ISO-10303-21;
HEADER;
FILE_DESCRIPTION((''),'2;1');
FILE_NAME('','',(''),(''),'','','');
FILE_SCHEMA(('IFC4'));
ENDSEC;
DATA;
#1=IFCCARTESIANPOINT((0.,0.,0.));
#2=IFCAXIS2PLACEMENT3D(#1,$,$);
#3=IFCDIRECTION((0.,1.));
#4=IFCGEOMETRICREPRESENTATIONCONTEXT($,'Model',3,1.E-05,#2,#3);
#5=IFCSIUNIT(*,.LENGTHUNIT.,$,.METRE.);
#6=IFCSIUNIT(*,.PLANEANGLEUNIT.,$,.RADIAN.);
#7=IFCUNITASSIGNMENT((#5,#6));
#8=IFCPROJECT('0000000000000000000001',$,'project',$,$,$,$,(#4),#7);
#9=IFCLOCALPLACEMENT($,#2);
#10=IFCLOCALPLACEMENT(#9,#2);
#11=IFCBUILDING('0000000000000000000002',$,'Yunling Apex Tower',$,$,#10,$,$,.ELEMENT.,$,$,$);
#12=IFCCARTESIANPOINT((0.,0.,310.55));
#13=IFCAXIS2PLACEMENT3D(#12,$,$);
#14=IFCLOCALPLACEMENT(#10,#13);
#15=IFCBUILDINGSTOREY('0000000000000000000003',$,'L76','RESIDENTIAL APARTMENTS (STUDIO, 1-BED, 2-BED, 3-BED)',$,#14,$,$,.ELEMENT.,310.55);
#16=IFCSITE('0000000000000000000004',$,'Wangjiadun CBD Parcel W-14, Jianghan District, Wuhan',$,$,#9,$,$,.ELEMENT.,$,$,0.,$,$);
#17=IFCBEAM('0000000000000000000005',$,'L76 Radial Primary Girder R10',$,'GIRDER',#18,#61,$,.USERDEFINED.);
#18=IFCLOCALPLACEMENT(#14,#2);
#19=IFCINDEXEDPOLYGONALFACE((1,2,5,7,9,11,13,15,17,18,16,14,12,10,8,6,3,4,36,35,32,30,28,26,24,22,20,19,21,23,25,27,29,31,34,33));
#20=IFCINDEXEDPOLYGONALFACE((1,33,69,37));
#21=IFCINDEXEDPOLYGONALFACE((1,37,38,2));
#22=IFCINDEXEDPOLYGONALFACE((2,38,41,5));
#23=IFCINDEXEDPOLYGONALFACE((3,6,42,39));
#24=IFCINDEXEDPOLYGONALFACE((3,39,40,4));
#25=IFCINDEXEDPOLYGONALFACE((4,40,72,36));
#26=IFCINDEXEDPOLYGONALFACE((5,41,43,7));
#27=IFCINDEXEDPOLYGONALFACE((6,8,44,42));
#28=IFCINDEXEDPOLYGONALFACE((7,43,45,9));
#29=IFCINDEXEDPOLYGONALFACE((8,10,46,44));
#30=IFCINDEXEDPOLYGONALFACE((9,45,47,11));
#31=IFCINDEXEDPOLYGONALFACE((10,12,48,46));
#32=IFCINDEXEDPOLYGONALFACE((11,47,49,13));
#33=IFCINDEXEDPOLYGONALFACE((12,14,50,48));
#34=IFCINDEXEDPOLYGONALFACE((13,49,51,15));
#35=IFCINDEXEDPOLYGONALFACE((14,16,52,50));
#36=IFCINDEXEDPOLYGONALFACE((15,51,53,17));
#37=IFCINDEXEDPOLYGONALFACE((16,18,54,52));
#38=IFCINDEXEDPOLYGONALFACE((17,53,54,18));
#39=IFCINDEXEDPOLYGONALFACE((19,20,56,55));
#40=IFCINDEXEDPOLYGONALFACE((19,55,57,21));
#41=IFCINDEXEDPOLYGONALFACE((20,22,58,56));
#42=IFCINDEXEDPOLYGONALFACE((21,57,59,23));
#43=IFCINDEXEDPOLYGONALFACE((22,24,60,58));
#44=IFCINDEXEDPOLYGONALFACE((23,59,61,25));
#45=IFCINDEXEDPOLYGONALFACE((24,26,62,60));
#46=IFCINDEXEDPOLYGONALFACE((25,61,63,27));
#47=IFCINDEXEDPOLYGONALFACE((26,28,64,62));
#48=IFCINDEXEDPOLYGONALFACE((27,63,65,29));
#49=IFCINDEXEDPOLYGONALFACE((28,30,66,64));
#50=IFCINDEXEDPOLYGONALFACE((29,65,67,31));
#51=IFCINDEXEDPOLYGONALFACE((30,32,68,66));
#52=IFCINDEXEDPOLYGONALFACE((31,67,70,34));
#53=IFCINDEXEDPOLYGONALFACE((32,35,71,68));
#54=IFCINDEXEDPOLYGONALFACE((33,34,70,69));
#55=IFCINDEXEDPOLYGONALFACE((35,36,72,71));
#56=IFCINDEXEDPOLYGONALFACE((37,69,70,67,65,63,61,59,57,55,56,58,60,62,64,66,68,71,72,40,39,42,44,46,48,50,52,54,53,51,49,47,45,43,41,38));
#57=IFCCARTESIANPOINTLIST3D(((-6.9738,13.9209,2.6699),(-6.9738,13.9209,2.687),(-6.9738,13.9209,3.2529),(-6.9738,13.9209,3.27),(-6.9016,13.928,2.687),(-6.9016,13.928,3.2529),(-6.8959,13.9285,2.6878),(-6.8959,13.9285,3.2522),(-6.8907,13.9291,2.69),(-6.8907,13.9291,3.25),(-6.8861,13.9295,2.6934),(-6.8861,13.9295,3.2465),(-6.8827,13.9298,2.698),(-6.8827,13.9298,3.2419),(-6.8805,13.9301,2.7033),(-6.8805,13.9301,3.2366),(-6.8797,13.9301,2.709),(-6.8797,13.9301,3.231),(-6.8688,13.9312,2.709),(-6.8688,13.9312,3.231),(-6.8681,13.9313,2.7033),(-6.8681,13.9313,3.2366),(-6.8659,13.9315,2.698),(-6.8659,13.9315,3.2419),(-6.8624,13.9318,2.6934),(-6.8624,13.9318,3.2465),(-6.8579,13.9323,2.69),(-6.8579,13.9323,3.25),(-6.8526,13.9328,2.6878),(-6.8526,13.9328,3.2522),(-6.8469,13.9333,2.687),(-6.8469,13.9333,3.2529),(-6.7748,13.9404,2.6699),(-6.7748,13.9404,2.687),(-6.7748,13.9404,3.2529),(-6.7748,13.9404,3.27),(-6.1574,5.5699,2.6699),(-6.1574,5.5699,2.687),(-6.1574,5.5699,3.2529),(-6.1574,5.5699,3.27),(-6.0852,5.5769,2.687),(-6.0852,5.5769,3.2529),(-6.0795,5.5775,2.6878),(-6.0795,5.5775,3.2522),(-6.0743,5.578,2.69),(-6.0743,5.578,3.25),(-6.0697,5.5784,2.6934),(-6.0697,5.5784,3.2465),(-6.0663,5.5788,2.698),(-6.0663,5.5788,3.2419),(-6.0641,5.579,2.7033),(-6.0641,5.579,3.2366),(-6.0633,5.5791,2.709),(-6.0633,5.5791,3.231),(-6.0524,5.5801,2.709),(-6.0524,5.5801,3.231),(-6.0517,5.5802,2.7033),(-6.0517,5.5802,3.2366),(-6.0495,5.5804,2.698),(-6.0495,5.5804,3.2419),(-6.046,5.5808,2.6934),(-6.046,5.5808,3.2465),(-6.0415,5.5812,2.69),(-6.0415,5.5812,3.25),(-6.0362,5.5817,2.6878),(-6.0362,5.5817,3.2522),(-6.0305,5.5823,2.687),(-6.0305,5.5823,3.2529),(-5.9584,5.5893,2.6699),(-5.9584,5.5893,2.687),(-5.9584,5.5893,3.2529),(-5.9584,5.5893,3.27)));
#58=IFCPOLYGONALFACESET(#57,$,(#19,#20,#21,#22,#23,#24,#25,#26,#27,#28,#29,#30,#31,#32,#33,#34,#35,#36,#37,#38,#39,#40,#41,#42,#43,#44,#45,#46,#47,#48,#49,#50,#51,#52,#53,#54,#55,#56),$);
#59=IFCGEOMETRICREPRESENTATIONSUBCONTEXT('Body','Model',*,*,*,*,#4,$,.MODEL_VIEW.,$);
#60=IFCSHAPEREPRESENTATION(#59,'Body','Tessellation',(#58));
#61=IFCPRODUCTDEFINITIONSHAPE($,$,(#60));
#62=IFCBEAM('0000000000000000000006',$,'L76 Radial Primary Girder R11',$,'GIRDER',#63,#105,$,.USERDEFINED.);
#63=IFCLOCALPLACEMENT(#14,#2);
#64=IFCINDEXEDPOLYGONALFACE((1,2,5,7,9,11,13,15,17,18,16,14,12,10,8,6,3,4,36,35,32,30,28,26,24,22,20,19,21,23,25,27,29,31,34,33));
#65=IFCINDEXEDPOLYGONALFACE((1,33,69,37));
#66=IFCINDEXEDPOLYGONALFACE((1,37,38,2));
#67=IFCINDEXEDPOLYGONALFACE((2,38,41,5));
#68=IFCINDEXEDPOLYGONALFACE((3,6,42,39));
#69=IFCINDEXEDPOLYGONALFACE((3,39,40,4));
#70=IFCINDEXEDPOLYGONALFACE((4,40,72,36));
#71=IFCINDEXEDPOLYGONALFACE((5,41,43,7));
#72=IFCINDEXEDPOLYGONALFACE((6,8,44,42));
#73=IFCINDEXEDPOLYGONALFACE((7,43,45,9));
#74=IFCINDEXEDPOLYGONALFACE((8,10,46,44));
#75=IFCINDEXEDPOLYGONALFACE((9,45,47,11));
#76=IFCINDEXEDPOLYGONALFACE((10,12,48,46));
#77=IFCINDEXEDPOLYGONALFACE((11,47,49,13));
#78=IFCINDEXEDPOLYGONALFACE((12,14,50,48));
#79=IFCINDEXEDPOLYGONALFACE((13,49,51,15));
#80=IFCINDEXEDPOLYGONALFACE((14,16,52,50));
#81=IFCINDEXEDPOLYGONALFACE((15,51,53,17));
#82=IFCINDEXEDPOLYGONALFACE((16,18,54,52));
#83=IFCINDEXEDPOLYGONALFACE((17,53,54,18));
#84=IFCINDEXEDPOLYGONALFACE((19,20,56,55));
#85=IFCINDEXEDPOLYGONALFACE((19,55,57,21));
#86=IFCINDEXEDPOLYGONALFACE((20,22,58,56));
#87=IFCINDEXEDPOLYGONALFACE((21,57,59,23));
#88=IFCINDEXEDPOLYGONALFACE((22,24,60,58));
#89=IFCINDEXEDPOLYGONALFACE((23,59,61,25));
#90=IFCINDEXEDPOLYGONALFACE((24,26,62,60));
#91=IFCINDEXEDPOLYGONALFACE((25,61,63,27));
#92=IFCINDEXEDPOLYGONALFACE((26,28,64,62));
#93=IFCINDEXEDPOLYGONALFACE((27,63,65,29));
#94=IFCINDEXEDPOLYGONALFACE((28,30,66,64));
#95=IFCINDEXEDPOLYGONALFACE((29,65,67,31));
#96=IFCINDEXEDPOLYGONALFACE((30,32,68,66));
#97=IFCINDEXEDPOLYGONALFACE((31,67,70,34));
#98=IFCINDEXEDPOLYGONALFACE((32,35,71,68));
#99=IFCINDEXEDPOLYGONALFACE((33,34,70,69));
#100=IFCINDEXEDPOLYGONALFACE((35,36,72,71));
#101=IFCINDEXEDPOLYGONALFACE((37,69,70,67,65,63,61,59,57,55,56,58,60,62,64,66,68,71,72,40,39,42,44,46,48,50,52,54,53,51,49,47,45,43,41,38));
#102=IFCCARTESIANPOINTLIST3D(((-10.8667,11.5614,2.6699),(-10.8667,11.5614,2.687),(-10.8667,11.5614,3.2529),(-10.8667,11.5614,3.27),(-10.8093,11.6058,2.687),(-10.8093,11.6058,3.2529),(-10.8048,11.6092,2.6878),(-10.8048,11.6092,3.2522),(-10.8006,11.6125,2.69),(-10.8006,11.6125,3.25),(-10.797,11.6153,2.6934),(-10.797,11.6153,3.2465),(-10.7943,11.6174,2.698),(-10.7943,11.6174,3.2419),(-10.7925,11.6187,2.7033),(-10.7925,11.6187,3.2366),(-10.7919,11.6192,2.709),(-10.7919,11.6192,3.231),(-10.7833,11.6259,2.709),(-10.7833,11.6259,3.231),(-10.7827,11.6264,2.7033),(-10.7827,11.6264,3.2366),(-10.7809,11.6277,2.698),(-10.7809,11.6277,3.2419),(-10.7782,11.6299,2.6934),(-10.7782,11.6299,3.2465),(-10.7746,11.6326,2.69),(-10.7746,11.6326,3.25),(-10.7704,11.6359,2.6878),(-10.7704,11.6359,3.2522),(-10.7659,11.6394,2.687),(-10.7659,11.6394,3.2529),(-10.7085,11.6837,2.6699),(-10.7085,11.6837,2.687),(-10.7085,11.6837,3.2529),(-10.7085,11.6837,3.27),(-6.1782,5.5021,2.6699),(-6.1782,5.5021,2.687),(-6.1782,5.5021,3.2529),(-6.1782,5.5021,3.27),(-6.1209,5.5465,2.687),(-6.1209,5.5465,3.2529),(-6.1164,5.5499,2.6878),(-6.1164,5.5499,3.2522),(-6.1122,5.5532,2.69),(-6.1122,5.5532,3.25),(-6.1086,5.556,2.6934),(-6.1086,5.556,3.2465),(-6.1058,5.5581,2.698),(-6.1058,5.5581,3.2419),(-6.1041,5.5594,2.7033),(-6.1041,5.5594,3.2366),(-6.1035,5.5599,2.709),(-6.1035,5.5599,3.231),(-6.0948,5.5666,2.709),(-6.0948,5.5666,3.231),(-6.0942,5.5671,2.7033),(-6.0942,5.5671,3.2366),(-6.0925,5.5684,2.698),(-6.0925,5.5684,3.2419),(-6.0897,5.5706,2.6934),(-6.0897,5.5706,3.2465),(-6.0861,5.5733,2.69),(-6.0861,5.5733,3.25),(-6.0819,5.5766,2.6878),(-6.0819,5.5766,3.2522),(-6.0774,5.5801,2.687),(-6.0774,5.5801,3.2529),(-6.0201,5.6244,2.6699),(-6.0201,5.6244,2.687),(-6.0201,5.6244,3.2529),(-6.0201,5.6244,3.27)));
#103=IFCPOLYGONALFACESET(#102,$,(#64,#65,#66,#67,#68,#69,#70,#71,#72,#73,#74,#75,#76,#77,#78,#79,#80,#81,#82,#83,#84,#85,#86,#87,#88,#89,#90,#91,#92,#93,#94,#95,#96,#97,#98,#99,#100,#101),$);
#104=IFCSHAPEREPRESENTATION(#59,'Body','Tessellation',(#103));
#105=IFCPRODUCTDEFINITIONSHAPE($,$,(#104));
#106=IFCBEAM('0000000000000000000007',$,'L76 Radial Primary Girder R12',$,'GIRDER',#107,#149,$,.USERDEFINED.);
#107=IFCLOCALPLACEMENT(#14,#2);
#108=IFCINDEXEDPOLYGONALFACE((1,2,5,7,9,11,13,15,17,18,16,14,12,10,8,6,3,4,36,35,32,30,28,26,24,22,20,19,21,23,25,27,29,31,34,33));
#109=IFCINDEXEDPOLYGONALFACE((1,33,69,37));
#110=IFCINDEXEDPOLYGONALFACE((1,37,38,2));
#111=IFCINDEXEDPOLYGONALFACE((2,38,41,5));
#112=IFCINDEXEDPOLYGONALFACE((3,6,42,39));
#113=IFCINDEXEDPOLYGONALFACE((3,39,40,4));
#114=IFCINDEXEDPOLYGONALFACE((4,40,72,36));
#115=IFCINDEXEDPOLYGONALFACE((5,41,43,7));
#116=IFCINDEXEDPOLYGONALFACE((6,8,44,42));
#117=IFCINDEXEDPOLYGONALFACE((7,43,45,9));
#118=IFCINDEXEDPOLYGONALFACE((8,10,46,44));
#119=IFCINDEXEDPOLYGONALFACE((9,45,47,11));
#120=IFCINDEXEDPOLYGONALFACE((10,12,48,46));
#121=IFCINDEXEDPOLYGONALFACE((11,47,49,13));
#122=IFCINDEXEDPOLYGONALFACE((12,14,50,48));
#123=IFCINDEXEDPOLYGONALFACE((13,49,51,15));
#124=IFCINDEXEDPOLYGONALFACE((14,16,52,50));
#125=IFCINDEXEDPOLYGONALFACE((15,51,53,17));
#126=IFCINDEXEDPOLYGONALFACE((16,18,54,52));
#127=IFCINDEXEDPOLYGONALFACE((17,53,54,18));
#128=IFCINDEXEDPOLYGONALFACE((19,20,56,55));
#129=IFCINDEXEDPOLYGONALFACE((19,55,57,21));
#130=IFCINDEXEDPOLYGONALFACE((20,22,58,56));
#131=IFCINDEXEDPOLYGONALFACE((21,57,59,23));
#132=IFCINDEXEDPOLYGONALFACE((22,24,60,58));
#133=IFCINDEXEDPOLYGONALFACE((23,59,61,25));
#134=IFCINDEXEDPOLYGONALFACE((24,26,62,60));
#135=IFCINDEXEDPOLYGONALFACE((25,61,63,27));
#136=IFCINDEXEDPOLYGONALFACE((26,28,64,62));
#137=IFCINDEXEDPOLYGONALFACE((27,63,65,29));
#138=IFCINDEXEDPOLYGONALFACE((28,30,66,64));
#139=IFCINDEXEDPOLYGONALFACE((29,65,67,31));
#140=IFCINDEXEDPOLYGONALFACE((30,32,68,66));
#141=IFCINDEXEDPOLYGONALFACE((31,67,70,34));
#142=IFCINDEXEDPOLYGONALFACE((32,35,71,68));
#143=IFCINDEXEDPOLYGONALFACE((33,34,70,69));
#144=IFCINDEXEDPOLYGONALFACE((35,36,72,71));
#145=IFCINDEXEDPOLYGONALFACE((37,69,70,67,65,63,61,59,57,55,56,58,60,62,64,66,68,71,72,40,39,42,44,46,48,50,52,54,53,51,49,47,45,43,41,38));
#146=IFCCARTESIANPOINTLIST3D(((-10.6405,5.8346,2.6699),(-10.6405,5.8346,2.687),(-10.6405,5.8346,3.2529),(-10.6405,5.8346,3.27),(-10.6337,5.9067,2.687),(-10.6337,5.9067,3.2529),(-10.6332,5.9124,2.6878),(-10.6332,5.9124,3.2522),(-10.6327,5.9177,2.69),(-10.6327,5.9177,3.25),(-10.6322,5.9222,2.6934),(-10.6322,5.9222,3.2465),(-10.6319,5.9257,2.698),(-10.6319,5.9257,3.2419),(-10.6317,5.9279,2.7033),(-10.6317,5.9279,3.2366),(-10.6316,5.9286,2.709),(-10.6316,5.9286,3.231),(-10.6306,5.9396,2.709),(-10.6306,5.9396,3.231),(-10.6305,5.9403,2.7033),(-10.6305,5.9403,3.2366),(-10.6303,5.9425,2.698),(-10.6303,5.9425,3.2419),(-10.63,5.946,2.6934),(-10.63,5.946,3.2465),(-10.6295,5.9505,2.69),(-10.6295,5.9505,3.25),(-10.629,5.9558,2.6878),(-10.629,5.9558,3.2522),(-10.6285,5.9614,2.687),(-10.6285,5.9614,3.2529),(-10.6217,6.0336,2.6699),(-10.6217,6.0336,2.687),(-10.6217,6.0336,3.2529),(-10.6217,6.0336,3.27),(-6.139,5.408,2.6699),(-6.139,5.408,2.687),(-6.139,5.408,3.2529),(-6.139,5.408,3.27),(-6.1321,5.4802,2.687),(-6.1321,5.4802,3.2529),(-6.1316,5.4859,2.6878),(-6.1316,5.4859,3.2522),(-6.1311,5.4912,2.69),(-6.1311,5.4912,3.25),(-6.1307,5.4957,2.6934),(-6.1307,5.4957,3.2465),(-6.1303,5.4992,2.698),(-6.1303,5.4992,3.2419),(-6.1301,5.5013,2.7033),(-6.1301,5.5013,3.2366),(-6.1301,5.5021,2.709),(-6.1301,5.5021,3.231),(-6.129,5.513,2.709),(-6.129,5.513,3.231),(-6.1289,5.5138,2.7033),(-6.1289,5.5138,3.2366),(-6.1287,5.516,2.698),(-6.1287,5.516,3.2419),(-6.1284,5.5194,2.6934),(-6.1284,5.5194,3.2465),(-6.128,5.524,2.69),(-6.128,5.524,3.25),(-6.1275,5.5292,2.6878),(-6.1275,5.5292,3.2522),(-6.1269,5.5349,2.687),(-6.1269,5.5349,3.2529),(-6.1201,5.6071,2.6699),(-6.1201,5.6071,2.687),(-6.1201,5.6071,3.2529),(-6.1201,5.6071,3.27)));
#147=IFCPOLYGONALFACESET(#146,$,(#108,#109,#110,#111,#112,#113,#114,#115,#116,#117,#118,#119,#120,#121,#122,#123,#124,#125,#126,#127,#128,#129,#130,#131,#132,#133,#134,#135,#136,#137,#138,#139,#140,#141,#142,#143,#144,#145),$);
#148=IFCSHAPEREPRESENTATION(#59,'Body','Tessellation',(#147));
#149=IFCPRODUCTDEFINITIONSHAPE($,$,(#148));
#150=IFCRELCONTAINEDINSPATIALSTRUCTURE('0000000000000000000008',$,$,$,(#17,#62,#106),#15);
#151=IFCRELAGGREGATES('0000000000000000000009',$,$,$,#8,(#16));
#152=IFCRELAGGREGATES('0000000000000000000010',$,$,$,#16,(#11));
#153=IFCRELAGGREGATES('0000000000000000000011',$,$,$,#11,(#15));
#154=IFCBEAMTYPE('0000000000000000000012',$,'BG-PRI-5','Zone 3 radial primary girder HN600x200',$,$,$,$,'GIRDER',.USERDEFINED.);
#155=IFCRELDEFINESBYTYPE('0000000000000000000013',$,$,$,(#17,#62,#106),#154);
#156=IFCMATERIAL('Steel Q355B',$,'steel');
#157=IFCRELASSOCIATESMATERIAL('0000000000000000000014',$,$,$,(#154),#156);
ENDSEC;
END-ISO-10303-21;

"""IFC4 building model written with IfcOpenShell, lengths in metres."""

from ifc_helpers import new_model, si_unit, direction, frame, origin, origin_2d, place, context, subcontext, project, spatial, i_section, extrude, source, transform, mapped, material, material_profile, profile_set, type_object, element, save


model = new_model("IFC4")

# Units and contexts
model_context = context("Model", 3, precision=1e-05, world=origin(), true_north=direction((0.0, 1.0)))
body_context = subcontext(model_context, "Body", "Model", "MODEL_VIEW")
ifc_project = project(units=[si_unit("LENGTHUNIT", "METRE"), si_unit("PLANEANGLEUNIT", "RADIAN")], contexts=[model_context])

# Site, building, storey
site_placement = place(None, origin())
site = spatial("IfcSite", under=ifc_project, at=site_placement, Name="Wangjiadun CBD Parcel W-14, Jianghan District, Wuhan", CompositionType="ELEMENT", RefElevation=0.0)
building_placement = place(site_placement, origin())
building = spatial("IfcBuilding", under=site, at=building_placement, Name="Yunling Apex Tower", CompositionType="ELEMENT")
storey_placement = place(building_placement, frame((0.0, 0.0, 310.55)))
storey = spatial("IfcBuildingStorey", under=building, at=storey_placement, Name="L76", Description="RESIDENTIAL APARTMENTS (STUDIO, 1-BED, 2-BED, 3-BED)", CompositionType="ELEMENT", Elevation=310.55)

# Shared definitions
ifc_material_1 = material(Name="Steel Q355B", Category="steel")

# Beams
ifc_material_profile_1 = material_profile(ifc_material_1, i_section(OverallWidth=0.2, OverallDepth=0.6001, WebThickness=0.011, FlangeThickness=0.0171, FilletRadius=0.022, at=origin_2d()))
ifc_profile_set_1 = profile_set([ifc_material_profile_1], Name="Steel Q355B")
beam_type_1 = type_object("IfcBeamType", Name="BG-PRI-5", Description="Zone 3 radial primary girder HN600x200", ElementType="GIRDER", PredefinedType="USERDEFINED", material=ifc_profile_set_1)
shared_shape_1 = source(origin(), body_context, "Body", "SweptSolid", [
    extrude(i_section(OverallWidth=0.2, OverallDepth=0.6001, WebThickness=0.011, FlangeThickness=0.0171, FilletRadius=0.022, at=origin_2d()), origin(), (0.0, 0.0, 1.0), 8.3909),
])
beam_1_placement = place(storey_placement, frame((-6.8743, 13.9307, 2.97), z_axis=(0.097297, -0.995255, 0.0), x_axis=(0.995255, 0.097297, 0.0)))
element("IfcBeam", 1, at=beam_1_placement, inside=storey, type_object=beam_type_1, Name="L76 Radial Primary Girder R10", ObjectType="GIRDER", PredefinedType="USERDEFINED", context=body_context, shape_type="MappedRepresentation", body=[
    mapped(shared_shape_1, transform((0.0, 0.0, 0.0), scale=1.0)),
])
shared_shape_2 = source(origin(), body_context, "Body", "SweptSolid", [
    extrude(i_section(OverallWidth=0.2, OverallDepth=0.6001, WebThickness=0.011, FlangeThickness=0.0171, FilletRadius=0.022, at=origin_2d()), origin(), (0.0, 0.0, 1.0), 7.6614),
])
beam_2_placement = place(storey_placement, frame((-10.7876, 11.6226, 2.97), z_axis=(0.61196, -0.790889, 0.0), x_axis=(0.790889, 0.61196, 0.0)))
element("IfcBeam", 2, at=beam_2_placement, inside=storey, type_object=beam_type_1, Name="L76 Radial Primary Girder R11", ObjectType="GIRDER", PredefinedType="USERDEFINED", context=body_context, shape_type="MappedRepresentation", body=[
    mapped(shared_shape_2, transform((0.0, 0.0, 0.0), scale=1.0)),
])
shared_shape_3 = source(origin(), body_context, "Body", "SweptSolid", [
    extrude(i_section(OverallWidth=0.2, OverallDepth=0.6001, WebThickness=0.011, FlangeThickness=0.0171, FilletRadius=0.022, at=origin_2d()), origin(), (0.0, 0.0, 1.0), 4.5217),
])
beam_3_placement = place(storey_placement, frame((-10.6311, 5.9341, 2.97), z_axis=(0.995541, -0.094328, 0.0), x_axis=(0.094328, 0.995541, 0.0)))
element("IfcBeam", 3, at=beam_3_placement, inside=storey, type_object=beam_type_1, Name="L76 Radial Primary Girder R12", ObjectType="GIRDER", PredefinedType="USERDEFINED", context=body_context, shape_type="MappedRepresentation", body=[
    mapped(shared_shape_3, transform((0.0, 0.0, 0.0), scale=1.0)),
])

save(model, "model.ifc")
